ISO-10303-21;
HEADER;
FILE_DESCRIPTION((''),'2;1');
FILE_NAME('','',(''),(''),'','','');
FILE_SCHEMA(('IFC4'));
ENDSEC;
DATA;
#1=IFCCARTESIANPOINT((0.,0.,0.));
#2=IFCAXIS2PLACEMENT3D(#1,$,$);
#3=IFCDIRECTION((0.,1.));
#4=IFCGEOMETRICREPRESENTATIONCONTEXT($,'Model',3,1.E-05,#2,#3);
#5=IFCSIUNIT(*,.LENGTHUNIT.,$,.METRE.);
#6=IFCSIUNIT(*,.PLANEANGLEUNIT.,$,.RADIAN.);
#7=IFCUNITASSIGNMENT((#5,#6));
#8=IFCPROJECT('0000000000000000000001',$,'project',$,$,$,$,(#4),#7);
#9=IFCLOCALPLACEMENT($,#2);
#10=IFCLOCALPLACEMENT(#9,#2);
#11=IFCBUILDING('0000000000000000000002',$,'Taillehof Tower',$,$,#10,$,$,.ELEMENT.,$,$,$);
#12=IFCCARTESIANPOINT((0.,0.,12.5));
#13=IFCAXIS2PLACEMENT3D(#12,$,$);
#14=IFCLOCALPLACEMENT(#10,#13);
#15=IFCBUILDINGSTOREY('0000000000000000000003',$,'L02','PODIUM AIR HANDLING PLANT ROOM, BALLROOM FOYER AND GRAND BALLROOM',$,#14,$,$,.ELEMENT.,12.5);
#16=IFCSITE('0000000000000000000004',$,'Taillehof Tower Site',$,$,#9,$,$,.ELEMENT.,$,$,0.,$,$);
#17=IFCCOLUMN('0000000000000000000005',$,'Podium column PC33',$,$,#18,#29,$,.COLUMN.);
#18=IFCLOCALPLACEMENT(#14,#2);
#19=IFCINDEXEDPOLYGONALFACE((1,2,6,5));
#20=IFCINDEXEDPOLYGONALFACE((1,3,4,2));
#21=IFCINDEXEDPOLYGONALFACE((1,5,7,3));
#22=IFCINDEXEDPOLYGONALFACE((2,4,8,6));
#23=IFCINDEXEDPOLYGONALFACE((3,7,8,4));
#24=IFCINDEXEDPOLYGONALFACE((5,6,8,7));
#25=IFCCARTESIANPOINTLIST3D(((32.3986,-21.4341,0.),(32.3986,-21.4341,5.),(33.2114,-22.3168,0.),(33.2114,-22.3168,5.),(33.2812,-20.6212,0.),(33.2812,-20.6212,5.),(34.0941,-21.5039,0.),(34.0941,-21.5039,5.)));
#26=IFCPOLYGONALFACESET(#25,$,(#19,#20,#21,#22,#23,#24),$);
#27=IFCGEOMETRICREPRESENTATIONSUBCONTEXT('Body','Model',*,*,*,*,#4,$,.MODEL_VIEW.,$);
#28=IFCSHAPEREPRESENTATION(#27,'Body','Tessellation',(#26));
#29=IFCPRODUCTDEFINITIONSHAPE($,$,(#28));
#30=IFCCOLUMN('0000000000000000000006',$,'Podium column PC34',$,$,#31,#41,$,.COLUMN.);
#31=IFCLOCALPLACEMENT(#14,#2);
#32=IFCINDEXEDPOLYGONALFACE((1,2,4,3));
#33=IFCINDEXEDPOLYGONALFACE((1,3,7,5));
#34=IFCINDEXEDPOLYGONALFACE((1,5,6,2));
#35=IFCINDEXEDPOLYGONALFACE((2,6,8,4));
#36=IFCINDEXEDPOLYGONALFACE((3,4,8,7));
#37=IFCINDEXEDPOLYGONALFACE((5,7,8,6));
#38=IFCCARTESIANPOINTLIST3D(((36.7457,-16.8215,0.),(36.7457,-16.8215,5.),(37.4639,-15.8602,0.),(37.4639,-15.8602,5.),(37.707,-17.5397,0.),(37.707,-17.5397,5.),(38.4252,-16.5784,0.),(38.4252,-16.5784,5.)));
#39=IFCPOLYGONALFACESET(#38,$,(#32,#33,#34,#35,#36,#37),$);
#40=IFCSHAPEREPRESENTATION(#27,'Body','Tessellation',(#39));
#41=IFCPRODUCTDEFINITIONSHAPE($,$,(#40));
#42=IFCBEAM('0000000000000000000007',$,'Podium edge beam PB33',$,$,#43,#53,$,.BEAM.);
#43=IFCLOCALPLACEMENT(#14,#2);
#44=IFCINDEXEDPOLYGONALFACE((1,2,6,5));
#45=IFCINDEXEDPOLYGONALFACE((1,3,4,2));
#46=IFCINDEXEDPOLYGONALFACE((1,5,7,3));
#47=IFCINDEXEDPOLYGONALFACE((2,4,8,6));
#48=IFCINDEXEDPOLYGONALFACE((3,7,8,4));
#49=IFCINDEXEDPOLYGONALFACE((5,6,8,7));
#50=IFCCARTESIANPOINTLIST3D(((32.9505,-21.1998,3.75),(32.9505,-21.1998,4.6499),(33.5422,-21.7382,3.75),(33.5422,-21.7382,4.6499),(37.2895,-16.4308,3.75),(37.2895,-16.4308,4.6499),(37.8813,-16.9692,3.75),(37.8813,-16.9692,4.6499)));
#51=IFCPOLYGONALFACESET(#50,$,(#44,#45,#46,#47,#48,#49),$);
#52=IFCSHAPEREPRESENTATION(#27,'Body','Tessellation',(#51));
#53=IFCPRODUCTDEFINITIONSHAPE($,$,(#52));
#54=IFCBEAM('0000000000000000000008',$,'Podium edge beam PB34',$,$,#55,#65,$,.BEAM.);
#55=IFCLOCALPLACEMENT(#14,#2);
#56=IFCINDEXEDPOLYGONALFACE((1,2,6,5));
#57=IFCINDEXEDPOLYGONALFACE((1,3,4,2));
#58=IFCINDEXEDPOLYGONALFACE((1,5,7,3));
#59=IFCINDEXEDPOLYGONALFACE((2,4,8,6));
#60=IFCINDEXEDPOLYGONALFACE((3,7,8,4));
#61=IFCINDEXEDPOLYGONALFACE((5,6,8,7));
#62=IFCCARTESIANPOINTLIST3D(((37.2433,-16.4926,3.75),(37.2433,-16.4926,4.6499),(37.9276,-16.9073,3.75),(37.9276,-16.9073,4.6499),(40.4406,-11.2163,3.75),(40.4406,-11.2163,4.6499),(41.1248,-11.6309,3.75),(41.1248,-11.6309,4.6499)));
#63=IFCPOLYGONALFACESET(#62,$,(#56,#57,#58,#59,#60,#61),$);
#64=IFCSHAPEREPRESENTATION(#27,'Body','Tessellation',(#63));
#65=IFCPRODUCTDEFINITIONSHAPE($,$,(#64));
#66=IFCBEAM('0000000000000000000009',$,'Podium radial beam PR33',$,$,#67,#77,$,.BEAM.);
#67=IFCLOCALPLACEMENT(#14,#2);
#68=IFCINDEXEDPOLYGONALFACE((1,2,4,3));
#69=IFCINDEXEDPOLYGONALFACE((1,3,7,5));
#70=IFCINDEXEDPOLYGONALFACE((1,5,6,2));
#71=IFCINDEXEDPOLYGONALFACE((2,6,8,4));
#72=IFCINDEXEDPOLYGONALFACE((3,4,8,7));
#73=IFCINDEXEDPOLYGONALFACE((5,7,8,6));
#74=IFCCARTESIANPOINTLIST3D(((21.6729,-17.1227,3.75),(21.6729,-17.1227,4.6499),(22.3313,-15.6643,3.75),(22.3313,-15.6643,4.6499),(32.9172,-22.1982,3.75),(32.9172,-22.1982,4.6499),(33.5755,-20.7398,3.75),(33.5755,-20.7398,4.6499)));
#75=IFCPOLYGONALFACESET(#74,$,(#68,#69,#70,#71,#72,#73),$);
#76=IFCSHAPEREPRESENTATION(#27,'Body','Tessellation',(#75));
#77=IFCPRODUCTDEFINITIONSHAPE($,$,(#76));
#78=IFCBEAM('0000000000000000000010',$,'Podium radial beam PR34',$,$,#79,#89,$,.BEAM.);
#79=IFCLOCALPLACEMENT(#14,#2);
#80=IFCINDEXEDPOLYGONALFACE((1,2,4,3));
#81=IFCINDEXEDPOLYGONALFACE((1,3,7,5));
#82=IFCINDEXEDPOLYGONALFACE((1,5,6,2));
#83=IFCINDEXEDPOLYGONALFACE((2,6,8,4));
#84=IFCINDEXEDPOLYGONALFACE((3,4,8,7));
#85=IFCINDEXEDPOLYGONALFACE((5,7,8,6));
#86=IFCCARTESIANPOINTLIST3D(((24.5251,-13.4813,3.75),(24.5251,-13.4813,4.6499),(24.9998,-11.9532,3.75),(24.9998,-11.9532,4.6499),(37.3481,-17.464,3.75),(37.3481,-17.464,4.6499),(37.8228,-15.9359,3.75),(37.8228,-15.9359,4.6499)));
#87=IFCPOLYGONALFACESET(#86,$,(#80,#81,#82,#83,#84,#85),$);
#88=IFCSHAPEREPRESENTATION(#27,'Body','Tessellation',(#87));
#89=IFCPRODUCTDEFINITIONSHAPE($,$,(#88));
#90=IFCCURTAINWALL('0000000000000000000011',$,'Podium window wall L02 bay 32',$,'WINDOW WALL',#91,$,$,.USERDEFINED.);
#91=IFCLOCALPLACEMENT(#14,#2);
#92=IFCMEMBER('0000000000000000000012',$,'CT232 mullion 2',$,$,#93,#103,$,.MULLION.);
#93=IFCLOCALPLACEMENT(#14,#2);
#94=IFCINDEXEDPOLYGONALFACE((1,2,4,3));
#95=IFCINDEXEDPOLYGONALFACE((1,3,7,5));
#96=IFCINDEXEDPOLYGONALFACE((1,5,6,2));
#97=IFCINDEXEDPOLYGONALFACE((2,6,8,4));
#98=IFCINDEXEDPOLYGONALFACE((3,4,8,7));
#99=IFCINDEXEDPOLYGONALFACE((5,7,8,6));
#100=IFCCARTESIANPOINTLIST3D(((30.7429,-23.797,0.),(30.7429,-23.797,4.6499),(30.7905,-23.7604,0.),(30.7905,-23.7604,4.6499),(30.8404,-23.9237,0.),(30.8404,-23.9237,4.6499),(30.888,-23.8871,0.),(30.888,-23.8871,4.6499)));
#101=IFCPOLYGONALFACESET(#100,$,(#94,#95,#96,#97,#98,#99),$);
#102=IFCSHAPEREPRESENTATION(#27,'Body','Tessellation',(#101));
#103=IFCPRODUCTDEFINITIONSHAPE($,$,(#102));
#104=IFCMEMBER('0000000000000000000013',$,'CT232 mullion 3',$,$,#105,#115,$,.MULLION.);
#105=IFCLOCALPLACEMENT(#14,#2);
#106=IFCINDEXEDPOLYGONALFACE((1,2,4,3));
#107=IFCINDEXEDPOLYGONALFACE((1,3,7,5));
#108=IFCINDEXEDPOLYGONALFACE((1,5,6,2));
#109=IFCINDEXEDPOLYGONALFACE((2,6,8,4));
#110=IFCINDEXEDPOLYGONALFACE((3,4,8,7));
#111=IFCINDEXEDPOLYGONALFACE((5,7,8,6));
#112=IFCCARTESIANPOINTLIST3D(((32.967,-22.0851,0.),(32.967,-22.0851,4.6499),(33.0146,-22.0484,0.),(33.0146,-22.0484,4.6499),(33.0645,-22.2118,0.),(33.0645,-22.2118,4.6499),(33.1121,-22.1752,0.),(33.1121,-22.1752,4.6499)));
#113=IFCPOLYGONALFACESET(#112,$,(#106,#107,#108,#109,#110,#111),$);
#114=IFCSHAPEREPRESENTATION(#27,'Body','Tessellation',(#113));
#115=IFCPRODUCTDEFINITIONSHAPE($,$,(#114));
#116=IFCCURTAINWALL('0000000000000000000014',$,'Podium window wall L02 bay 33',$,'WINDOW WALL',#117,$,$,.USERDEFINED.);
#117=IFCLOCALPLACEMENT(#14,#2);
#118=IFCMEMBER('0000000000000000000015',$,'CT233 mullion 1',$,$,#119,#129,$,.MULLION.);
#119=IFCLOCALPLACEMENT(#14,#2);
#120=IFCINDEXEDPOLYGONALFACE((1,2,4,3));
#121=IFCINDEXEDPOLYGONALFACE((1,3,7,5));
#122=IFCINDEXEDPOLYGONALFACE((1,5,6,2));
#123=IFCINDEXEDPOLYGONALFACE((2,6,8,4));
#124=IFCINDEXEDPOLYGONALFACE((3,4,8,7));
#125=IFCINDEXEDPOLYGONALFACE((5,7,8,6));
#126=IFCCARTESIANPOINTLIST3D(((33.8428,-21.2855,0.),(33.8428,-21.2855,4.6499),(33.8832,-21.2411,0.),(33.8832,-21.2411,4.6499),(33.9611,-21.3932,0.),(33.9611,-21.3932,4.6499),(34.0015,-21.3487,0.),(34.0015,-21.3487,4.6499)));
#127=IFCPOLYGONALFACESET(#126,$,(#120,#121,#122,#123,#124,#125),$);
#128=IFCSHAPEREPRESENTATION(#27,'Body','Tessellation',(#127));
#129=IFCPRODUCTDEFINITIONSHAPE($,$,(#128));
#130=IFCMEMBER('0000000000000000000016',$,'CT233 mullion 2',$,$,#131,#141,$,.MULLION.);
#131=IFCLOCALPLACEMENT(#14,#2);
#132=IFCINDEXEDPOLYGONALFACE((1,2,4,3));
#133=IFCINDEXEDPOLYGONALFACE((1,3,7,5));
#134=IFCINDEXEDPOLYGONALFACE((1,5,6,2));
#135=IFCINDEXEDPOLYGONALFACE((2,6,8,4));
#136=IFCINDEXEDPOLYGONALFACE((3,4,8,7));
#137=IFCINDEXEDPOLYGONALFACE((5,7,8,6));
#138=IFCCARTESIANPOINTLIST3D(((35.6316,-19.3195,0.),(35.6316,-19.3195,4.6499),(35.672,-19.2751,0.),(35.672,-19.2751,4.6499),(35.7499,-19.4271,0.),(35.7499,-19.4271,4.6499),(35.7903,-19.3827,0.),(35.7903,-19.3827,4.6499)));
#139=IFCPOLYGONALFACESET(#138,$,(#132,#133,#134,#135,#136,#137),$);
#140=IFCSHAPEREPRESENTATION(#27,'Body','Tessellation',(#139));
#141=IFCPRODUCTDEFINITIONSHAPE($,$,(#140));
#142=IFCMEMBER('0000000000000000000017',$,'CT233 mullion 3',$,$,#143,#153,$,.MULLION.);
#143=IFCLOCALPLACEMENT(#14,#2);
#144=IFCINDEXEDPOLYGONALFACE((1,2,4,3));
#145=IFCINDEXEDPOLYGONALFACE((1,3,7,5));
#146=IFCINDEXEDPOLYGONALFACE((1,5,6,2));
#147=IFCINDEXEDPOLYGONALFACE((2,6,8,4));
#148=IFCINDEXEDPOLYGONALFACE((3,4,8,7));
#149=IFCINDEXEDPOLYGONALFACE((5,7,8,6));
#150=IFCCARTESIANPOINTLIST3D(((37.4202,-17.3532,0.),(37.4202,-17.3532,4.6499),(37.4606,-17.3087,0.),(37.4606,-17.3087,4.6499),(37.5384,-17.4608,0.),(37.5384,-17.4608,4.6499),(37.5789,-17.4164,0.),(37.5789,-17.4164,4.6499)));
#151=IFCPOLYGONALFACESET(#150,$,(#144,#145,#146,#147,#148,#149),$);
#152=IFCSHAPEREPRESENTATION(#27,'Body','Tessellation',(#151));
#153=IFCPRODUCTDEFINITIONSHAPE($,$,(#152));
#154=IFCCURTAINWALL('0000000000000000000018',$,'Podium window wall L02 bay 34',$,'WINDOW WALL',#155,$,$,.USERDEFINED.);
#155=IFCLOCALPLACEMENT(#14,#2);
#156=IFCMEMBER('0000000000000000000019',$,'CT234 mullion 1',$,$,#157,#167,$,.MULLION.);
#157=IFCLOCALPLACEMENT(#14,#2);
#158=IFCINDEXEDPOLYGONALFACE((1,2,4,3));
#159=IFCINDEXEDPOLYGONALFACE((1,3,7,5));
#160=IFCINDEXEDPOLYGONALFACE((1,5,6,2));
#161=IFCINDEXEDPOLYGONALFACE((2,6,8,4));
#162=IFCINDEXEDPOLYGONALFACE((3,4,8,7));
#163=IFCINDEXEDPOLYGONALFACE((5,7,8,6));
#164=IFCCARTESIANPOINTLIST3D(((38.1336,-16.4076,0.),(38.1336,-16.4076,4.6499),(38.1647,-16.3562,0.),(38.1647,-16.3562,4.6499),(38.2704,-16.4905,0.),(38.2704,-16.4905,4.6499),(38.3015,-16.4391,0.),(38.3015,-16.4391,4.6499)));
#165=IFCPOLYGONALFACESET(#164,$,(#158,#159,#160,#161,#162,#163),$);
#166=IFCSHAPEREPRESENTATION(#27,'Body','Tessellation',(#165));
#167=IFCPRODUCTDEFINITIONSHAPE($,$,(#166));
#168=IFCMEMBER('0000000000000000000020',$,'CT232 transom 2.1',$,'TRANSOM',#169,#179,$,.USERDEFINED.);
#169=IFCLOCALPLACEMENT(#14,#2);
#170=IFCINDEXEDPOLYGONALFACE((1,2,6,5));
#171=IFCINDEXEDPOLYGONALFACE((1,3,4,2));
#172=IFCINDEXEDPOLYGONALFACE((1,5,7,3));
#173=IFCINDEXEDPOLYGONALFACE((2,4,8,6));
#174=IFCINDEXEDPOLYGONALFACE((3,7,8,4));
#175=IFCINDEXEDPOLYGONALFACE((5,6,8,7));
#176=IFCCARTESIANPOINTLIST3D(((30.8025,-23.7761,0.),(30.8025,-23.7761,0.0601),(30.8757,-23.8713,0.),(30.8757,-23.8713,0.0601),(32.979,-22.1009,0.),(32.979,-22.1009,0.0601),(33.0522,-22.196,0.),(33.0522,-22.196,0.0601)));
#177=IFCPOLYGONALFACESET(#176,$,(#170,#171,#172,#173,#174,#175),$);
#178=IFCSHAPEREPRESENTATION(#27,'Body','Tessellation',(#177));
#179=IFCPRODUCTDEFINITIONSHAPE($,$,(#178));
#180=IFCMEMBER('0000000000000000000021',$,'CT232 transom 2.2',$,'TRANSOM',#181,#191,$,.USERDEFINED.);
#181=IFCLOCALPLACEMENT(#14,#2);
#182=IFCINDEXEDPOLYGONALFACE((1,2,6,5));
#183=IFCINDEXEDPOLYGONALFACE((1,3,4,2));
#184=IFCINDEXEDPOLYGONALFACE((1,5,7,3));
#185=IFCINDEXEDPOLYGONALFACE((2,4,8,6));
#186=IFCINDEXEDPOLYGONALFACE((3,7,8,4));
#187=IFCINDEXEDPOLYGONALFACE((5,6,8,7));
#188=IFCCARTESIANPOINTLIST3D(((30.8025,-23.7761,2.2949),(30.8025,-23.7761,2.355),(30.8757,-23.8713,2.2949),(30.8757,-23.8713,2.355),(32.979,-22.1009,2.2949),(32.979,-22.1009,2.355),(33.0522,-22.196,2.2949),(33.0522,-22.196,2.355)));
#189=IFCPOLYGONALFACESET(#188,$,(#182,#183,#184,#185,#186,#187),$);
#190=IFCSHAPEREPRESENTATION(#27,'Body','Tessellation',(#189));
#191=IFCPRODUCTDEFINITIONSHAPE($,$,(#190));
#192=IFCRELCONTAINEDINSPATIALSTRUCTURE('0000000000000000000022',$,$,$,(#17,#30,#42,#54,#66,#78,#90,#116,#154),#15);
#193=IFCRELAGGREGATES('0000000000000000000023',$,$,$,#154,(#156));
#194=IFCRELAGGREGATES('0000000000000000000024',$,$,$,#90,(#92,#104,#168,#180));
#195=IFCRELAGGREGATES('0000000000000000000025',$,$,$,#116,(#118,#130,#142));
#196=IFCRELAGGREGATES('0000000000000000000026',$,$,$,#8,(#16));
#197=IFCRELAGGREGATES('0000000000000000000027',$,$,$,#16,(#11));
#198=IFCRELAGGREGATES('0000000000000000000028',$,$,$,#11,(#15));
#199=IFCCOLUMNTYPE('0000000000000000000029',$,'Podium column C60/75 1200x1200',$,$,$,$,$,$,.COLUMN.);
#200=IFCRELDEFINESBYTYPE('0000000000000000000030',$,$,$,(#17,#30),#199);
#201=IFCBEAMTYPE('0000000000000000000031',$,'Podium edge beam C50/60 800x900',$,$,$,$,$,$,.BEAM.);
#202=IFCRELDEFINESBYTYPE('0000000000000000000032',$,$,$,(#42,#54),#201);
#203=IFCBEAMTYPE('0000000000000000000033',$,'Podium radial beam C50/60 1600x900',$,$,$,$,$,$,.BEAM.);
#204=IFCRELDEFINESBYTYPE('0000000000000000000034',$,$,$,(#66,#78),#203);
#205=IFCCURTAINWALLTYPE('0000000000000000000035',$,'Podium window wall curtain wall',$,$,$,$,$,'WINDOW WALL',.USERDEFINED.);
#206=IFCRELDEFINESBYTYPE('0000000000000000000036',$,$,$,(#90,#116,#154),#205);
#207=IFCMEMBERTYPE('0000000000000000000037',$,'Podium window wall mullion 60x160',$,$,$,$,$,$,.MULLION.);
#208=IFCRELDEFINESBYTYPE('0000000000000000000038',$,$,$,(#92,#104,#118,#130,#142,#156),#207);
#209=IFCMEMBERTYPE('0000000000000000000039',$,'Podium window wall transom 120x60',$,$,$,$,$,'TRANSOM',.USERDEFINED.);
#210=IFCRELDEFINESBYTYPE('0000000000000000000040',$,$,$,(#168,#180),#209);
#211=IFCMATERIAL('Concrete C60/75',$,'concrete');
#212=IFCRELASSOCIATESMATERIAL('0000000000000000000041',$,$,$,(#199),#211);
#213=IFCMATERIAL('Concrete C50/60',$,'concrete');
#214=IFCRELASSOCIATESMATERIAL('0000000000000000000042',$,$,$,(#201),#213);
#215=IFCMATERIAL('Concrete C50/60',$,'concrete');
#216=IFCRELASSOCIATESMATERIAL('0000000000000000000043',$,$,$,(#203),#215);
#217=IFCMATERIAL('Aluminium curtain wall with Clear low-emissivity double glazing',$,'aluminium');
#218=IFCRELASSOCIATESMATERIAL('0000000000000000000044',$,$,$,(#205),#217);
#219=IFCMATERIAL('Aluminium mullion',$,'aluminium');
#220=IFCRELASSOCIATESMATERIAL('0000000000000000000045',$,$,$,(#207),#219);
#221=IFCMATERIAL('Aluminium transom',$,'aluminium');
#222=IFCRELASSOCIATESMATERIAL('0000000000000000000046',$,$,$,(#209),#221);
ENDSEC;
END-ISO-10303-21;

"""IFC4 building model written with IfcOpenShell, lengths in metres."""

from ifc_helpers import new_model, si_unit, direction, frame, origin, origin_2d, place, context, subcontext, project, spatial, rectangle, extrude, material, material_profile, profile_set, type_object, element, aggregate, save


model = new_model("IFC4")

# Units and contexts
model_context = context("Model", 3, precision=1e-05, world=origin(), true_north=direction((0.0, 1.0)))
body_context = subcontext(model_context, "Body", "Model", "MODEL_VIEW")
ifc_project = project(units=[si_unit("LENGTHUNIT", "METRE"), si_unit("PLANEANGLEUNIT", "RADIAN")], contexts=[model_context])

# Site, building, storey
site_placement = place(None, origin())
site = spatial("IfcSite", under=ifc_project, at=site_placement, Name="Taillehof Tower Site", CompositionType="ELEMENT", RefElevation=0.0)
building_placement = place(site_placement, origin())
building = spatial("IfcBuilding", under=site, at=building_placement, Name="Taillehof Tower", CompositionType="ELEMENT")
storey_placement = place(building_placement, frame((0.0, 0.0, 12.5)))
storey = spatial("IfcBuildingStorey", under=building, at=storey_placement, Name="L02", Description="PODIUM AIR HANDLING PLANT ROOM, BALLROOM FOYER AND GRAND BALLROOM", CompositionType="ELEMENT", Elevation=12.5)

# Columns
ifc_material_1 = material(Name="Concrete C60/75", Category="concrete")
ifc_material_profile_1 = material_profile(ifc_material_1, rectangle(XDim=1.2, YDim=1.2, at=origin_2d()), Name="RC 1200x1200")
ifc_profile_set_1 = profile_set([ifc_material_profile_1], Name="Concrete C60/75")
column_type = type_object("IfcColumnType", Name="Podium column C60/75 1200x1200", PredefinedType="COLUMN", material=ifc_profile_set_1)
for number, where, z_axis, x_axis, name in (
    (1, (33.2463, -21.469, 0.0), (0.0, 0.0, 1.0), (0.677415, -0.735601, 0.0), "Podium column PC33"),
    (2, (37.5854, -16.7, 0.0), (0.0, 0.0, 1.0), (0.801091, -0.598542, 0.0), "Podium column PC34"),
):
    element("IfcColumn", number, at=place(storey_placement, frame(where, z_axis=z_axis, x_axis=x_axis)), inside=storey, type_object=column_type, Name=name, PredefinedType="COLUMN", context=body_context, shape_type="SweptSolid", body=[
        extrude(rectangle(XDim=1.2, YDim=1.2, at=origin_2d()), origin(), (0.0, 0.0, 1.0), 5.0),
    ])

# Beams
ifc_material_2 = material(Name="Concrete C50/60", Category="concrete")
ifc_material_profile_2 = material_profile(ifc_material_2, rectangle(XDim=0.8, YDim=0.8999, at=origin_2d()), Name="RC 800x900")
ifc_profile_set_2 = profile_set([ifc_material_profile_2], Name="Concrete C50/60")
beam_type_1 = type_object("IfcBeamType", Name="Podium edge beam C50/60 800x900", PredefinedType="BEAM", material=ifc_profile_set_2)
beam_1_placement = place(storey_placement, frame((33.2463, -21.469, 4.2), z_axis=(0.67298, 0.739661, 0.0), x_axis=(-0.739661, 0.67298, 0.0)))
element("IfcBeam", 3, at=beam_1_placement, inside=storey, type_object=beam_type_1, Name="Podium edge beam PB33", PredefinedType="BEAM", context=body_context, shape_type="SweptSolid", body=[
    extrude(rectangle(XDim=0.8, YDim=0.8999, at=origin_2d()), origin(), (0.0, 0.0, 1.0), 6.4475),
])
beam_2_placement = place(storey_placement, frame((37.5854, -16.7, 4.2), z_axis=(0.518239, 0.855236, 0.0), x_axis=(-0.855236, 0.518239, 0.0)))
element("IfcBeam", 4, at=beam_2_placement, inside=storey, type_object=beam_type_1, Name="Podium edge beam PB34", PredefinedType="BEAM", context=body_context, shape_type="SweptSolid", body=[
    extrude(rectangle(XDim=0.8, YDim=0.8999, at=origin_2d()), origin(), (0.0, 0.0, 1.0), 6.1694),
])
ifc_material_3 = material(Name="Concrete C50/60", Category="concrete")
ifc_material_profile_3 = material_profile(ifc_material_3, rectangle(XDim=1.6001, YDim=0.8999, at=origin_2d()), Name="RC 1600x900")
ifc_profile_set_3 = profile_set([ifc_material_profile_3], Name="Concrete C50/60")
beam_type_2 = type_object("IfcBeamType", Name="Podium radial beam C50/60 1600x900", PredefinedType="BEAM", material=ifc_profile_set_3)
beam_3_placement = place(storey_placement, frame((33.2463, -21.469, 4.2), z_axis=(-0.911448, 0.411414, 0.0), x_axis=(-0.411414, -0.911448, 0.0)))
element("IfcBeam", 5, at=beam_3_placement, inside=storey, type_object=beam_type_2, Name="Podium radial beam PR33", PredefinedType="BEAM", context=body_context, shape_type="SweptSolid", body=[
    extrude(rectangle(XDim=1.6001, YDim=0.8999, at=origin_2d()), origin(), (0.0, 0.0, 1.0), 12.3367),
])
beam_4_placement = place(storey_placement, frame((37.5854, -16.7, 4.2), z_axis=(-0.954998, 0.296611, 0.0), x_axis=(-0.296611, -0.954998, 0.0)))
element("IfcBeam", 6, at=beam_4_placement, inside=storey, type_object=beam_type_2, Name="Podium radial beam PR34", PredefinedType="BEAM", context=body_context, shape_type="SweptSolid", body=[
    extrude(rectangle(XDim=1.6001, YDim=0.8999, at=origin_2d()), origin(), (0.0, 0.0, 1.0), 13.4272),
])

# Curtain walls, members
ifc_material_4 = material(Name="Aluminium curtain wall with Clear low-emissivity double glazing", Category="aluminium")
curtain_wall_type = type_object("IfcCurtainWallType", Name="Podium window wall curtain wall", ElementType="WINDOW WALL", PredefinedType="USERDEFINED", material=ifc_material_4)
curtain_wall_1_placement = place(storey_placement, origin())
curtain_wall_1 = element("IfcCurtainWall", 7, at=curtain_wall_1_placement, inside=storey, type_object=curtain_wall_type, Name="Podium window wall L02 bay 32", ObjectType="WINDOW WALL", PredefinedType="USERDEFINED")
ifc_material_5 = material(Name="Aluminium mullion", Category="aluminium")
ifc_material_profile_4 = material_profile(ifc_material_5, rectangle(XDim=0.1599, YDim=0.0601, at=origin_2d()), Name="AL 60x160")
ifc_profile_set_4 = profile_set([ifc_material_profile_4], Name="Aluminium mullion")
member_type_1 = type_object("IfcMemberType", Name="Podium window wall mullion 60x160", PredefinedType="MULLION", material=ifc_profile_set_4)
member_1_placement = place(storey_placement, frame((30.8154, -23.842, 0.0), z_axis=(0.0, 0.0, 1.0), x_axis=(-0.609932, 0.792454, 0.0)))
member_1 = element("IfcMember", 8, at=member_1_placement, type_object=member_type_1, Name="CT232 mullion 2", PredefinedType="MULLION", context=body_context, shape_type="SweptSolid", body=[
    extrude(rectangle(XDim=0.1599, YDim=0.0601, at=origin_2d()), origin(), (0.0, 0.0, 1.0), 4.6499),
])
member_2_placement = place(storey_placement, frame((33.0396, -22.1301, 0.0), z_axis=(0.0, 0.0, 1.0), x_axis=(-0.609932, 0.792454, 0.0)))
member_2 = element("IfcMember", 9, at=member_2_placement, type_object=member_type_1, Name="CT232 mullion 3", PredefinedType="MULLION", context=body_context, shape_type="SweptSolid", body=[
    extrude(rectangle(XDim=0.1599, YDim=0.0601, at=origin_2d()), origin(), (0.0, 0.0, 1.0), 4.6499),
])
curtain_wall_2_placement = place(storey_placement, origin())
curtain_wall_2 = element("IfcCurtainWall", 10, at=curtain_wall_2_placement, inside=storey, type_object=curtain_wall_type, Name="Podium window wall L02 bay 33", ObjectType="WINDOW WALL", PredefinedType="USERDEFINED")
member_3_placement = place(storey_placement, frame((33.9221, -21.3171, 0.0), z_axis=(0.0, 0.0, 1.0), x_axis=(-0.739707, 0.672929, 0.0)))
member_3 = element("IfcMember", 11, at=member_3_placement, type_object=member_type_1, Name="CT233 mullion 1", PredefinedType="MULLION", context=body_context, shape_type="SweptSolid", body=[
    extrude(rectangle(XDim=0.1599, YDim=0.0601, at=origin_2d()), origin(), (0.0, 0.0, 1.0), 4.6499),
])
member_4_placement = place(storey_placement, frame((35.7109, -19.3511, 0.0), z_axis=(0.0, 0.0, 1.0), x_axis=(-0.739707, 0.672929, 0.0)))
member_4 = element("IfcMember", 12, at=member_4_placement, type_object=member_type_1, Name="CT233 mullion 2", PredefinedType="MULLION", context=body_context, shape_type="SweptSolid", body=[
    extrude(rectangle(XDim=0.1599, YDim=0.0601, at=origin_2d()), origin(), (0.0, 0.0, 1.0), 4.6499),
])
member_5_placement = place(storey_placement, frame((37.4995, -17.3848, 0.0), z_axis=(0.0, 0.0, 1.0), x_axis=(-0.739707, 0.672929, 0.0)))
member_5 = element("IfcMember", 13, at=member_5_placement, type_object=member_type_1, Name="CT233 mullion 3", PredefinedType="MULLION", context=body_context, shape_type="SweptSolid", body=[
    extrude(rectangle(XDim=0.1599, YDim=0.0601, at=origin_2d()), origin(), (0.0, 0.0, 1.0), 4.6499),
])

# Curtain wall, member
curtain_wall_3_placement = place(storey_placement, origin())
curtain_wall_3 = element("IfcCurtainWall", 14, at=curtain_wall_3_placement, inside=storey, type_object=curtain_wall_type, Name="Podium window wall L02 bay 34", ObjectType="WINDOW WALL", PredefinedType="USERDEFINED")
member_6_placement = place(storey_placement, frame((38.2175, -16.4233, 0.0), z_axis=(0.0, 0.0, 1.0), x_axis=(-0.855289, 0.518151, 0.0)))
member_6 = element("IfcMember", 15, at=member_6_placement, type_object=member_type_1, Name="CT234 mullion 1", PredefinedType="MULLION", context=body_context, shape_type="SweptSolid", body=[
    extrude(rectangle(XDim=0.1599, YDim=0.0601, at=origin_2d()), origin(), (0.0, 0.0, 1.0), 4.6499),
])
aggregate(curtain_wall_3, [member_6])

# Members
ifc_material_6 = material(Name="Aluminium transom", Category="aluminium")
ifc_material_profile_5 = material_profile(ifc_material_6, rectangle(XDim=0.1201, YDim=0.0601, at=origin_2d()), Name="AL 120x60")
ifc_profile_set_5 = profile_set([ifc_material_profile_5], Name="Aluminium transom")
member_type_2 = type_object("IfcMemberType", Name="Podium window wall transom 120x60", ElementType="TRANSOM", PredefinedType="USERDEFINED", material=ifc_profile_set_5)
member_7_placement = place(storey_placement, frame((30.8391, -23.8237, 0.03), z_axis=(0.792439, 0.609951, 0.0), x_axis=(-0.609951, 0.792439, 0.0)))
member_7 = element("IfcMember", 16, at=member_7_placement, type_object=member_type_2, Name="CT232 transom 2.1", ObjectType="TRANSOM", PredefinedType="USERDEFINED", context=body_context, shape_type="SweptSolid", body=[
    extrude(rectangle(XDim=0.1201, YDim=0.0601, at=origin_2d()), origin(), (0.0, 0.0, 1.0), 2.7466),
])
member_8_placement = place(storey_placement, frame((30.8391, -23.8237, 2.325), z_axis=(0.792439, 0.609951, 0.0), x_axis=(-0.609951, 0.792439, 0.0)))
member_8 = element("IfcMember", 17, at=member_8_placement, type_object=member_type_2, Name="CT232 transom 2.2", ObjectType="TRANSOM", PredefinedType="USERDEFINED", context=body_context, shape_type="SweptSolid", body=[
    extrude(rectangle(XDim=0.1201, YDim=0.0601, at=origin_2d()), origin(), (0.0, 0.0, 1.0), 2.7466),
])

aggregate(curtain_wall_1, [member_1, member_2, member_7, member_8])
aggregate(curtain_wall_2, [member_3, member_4, member_5])

save(model, "model.ifc")
